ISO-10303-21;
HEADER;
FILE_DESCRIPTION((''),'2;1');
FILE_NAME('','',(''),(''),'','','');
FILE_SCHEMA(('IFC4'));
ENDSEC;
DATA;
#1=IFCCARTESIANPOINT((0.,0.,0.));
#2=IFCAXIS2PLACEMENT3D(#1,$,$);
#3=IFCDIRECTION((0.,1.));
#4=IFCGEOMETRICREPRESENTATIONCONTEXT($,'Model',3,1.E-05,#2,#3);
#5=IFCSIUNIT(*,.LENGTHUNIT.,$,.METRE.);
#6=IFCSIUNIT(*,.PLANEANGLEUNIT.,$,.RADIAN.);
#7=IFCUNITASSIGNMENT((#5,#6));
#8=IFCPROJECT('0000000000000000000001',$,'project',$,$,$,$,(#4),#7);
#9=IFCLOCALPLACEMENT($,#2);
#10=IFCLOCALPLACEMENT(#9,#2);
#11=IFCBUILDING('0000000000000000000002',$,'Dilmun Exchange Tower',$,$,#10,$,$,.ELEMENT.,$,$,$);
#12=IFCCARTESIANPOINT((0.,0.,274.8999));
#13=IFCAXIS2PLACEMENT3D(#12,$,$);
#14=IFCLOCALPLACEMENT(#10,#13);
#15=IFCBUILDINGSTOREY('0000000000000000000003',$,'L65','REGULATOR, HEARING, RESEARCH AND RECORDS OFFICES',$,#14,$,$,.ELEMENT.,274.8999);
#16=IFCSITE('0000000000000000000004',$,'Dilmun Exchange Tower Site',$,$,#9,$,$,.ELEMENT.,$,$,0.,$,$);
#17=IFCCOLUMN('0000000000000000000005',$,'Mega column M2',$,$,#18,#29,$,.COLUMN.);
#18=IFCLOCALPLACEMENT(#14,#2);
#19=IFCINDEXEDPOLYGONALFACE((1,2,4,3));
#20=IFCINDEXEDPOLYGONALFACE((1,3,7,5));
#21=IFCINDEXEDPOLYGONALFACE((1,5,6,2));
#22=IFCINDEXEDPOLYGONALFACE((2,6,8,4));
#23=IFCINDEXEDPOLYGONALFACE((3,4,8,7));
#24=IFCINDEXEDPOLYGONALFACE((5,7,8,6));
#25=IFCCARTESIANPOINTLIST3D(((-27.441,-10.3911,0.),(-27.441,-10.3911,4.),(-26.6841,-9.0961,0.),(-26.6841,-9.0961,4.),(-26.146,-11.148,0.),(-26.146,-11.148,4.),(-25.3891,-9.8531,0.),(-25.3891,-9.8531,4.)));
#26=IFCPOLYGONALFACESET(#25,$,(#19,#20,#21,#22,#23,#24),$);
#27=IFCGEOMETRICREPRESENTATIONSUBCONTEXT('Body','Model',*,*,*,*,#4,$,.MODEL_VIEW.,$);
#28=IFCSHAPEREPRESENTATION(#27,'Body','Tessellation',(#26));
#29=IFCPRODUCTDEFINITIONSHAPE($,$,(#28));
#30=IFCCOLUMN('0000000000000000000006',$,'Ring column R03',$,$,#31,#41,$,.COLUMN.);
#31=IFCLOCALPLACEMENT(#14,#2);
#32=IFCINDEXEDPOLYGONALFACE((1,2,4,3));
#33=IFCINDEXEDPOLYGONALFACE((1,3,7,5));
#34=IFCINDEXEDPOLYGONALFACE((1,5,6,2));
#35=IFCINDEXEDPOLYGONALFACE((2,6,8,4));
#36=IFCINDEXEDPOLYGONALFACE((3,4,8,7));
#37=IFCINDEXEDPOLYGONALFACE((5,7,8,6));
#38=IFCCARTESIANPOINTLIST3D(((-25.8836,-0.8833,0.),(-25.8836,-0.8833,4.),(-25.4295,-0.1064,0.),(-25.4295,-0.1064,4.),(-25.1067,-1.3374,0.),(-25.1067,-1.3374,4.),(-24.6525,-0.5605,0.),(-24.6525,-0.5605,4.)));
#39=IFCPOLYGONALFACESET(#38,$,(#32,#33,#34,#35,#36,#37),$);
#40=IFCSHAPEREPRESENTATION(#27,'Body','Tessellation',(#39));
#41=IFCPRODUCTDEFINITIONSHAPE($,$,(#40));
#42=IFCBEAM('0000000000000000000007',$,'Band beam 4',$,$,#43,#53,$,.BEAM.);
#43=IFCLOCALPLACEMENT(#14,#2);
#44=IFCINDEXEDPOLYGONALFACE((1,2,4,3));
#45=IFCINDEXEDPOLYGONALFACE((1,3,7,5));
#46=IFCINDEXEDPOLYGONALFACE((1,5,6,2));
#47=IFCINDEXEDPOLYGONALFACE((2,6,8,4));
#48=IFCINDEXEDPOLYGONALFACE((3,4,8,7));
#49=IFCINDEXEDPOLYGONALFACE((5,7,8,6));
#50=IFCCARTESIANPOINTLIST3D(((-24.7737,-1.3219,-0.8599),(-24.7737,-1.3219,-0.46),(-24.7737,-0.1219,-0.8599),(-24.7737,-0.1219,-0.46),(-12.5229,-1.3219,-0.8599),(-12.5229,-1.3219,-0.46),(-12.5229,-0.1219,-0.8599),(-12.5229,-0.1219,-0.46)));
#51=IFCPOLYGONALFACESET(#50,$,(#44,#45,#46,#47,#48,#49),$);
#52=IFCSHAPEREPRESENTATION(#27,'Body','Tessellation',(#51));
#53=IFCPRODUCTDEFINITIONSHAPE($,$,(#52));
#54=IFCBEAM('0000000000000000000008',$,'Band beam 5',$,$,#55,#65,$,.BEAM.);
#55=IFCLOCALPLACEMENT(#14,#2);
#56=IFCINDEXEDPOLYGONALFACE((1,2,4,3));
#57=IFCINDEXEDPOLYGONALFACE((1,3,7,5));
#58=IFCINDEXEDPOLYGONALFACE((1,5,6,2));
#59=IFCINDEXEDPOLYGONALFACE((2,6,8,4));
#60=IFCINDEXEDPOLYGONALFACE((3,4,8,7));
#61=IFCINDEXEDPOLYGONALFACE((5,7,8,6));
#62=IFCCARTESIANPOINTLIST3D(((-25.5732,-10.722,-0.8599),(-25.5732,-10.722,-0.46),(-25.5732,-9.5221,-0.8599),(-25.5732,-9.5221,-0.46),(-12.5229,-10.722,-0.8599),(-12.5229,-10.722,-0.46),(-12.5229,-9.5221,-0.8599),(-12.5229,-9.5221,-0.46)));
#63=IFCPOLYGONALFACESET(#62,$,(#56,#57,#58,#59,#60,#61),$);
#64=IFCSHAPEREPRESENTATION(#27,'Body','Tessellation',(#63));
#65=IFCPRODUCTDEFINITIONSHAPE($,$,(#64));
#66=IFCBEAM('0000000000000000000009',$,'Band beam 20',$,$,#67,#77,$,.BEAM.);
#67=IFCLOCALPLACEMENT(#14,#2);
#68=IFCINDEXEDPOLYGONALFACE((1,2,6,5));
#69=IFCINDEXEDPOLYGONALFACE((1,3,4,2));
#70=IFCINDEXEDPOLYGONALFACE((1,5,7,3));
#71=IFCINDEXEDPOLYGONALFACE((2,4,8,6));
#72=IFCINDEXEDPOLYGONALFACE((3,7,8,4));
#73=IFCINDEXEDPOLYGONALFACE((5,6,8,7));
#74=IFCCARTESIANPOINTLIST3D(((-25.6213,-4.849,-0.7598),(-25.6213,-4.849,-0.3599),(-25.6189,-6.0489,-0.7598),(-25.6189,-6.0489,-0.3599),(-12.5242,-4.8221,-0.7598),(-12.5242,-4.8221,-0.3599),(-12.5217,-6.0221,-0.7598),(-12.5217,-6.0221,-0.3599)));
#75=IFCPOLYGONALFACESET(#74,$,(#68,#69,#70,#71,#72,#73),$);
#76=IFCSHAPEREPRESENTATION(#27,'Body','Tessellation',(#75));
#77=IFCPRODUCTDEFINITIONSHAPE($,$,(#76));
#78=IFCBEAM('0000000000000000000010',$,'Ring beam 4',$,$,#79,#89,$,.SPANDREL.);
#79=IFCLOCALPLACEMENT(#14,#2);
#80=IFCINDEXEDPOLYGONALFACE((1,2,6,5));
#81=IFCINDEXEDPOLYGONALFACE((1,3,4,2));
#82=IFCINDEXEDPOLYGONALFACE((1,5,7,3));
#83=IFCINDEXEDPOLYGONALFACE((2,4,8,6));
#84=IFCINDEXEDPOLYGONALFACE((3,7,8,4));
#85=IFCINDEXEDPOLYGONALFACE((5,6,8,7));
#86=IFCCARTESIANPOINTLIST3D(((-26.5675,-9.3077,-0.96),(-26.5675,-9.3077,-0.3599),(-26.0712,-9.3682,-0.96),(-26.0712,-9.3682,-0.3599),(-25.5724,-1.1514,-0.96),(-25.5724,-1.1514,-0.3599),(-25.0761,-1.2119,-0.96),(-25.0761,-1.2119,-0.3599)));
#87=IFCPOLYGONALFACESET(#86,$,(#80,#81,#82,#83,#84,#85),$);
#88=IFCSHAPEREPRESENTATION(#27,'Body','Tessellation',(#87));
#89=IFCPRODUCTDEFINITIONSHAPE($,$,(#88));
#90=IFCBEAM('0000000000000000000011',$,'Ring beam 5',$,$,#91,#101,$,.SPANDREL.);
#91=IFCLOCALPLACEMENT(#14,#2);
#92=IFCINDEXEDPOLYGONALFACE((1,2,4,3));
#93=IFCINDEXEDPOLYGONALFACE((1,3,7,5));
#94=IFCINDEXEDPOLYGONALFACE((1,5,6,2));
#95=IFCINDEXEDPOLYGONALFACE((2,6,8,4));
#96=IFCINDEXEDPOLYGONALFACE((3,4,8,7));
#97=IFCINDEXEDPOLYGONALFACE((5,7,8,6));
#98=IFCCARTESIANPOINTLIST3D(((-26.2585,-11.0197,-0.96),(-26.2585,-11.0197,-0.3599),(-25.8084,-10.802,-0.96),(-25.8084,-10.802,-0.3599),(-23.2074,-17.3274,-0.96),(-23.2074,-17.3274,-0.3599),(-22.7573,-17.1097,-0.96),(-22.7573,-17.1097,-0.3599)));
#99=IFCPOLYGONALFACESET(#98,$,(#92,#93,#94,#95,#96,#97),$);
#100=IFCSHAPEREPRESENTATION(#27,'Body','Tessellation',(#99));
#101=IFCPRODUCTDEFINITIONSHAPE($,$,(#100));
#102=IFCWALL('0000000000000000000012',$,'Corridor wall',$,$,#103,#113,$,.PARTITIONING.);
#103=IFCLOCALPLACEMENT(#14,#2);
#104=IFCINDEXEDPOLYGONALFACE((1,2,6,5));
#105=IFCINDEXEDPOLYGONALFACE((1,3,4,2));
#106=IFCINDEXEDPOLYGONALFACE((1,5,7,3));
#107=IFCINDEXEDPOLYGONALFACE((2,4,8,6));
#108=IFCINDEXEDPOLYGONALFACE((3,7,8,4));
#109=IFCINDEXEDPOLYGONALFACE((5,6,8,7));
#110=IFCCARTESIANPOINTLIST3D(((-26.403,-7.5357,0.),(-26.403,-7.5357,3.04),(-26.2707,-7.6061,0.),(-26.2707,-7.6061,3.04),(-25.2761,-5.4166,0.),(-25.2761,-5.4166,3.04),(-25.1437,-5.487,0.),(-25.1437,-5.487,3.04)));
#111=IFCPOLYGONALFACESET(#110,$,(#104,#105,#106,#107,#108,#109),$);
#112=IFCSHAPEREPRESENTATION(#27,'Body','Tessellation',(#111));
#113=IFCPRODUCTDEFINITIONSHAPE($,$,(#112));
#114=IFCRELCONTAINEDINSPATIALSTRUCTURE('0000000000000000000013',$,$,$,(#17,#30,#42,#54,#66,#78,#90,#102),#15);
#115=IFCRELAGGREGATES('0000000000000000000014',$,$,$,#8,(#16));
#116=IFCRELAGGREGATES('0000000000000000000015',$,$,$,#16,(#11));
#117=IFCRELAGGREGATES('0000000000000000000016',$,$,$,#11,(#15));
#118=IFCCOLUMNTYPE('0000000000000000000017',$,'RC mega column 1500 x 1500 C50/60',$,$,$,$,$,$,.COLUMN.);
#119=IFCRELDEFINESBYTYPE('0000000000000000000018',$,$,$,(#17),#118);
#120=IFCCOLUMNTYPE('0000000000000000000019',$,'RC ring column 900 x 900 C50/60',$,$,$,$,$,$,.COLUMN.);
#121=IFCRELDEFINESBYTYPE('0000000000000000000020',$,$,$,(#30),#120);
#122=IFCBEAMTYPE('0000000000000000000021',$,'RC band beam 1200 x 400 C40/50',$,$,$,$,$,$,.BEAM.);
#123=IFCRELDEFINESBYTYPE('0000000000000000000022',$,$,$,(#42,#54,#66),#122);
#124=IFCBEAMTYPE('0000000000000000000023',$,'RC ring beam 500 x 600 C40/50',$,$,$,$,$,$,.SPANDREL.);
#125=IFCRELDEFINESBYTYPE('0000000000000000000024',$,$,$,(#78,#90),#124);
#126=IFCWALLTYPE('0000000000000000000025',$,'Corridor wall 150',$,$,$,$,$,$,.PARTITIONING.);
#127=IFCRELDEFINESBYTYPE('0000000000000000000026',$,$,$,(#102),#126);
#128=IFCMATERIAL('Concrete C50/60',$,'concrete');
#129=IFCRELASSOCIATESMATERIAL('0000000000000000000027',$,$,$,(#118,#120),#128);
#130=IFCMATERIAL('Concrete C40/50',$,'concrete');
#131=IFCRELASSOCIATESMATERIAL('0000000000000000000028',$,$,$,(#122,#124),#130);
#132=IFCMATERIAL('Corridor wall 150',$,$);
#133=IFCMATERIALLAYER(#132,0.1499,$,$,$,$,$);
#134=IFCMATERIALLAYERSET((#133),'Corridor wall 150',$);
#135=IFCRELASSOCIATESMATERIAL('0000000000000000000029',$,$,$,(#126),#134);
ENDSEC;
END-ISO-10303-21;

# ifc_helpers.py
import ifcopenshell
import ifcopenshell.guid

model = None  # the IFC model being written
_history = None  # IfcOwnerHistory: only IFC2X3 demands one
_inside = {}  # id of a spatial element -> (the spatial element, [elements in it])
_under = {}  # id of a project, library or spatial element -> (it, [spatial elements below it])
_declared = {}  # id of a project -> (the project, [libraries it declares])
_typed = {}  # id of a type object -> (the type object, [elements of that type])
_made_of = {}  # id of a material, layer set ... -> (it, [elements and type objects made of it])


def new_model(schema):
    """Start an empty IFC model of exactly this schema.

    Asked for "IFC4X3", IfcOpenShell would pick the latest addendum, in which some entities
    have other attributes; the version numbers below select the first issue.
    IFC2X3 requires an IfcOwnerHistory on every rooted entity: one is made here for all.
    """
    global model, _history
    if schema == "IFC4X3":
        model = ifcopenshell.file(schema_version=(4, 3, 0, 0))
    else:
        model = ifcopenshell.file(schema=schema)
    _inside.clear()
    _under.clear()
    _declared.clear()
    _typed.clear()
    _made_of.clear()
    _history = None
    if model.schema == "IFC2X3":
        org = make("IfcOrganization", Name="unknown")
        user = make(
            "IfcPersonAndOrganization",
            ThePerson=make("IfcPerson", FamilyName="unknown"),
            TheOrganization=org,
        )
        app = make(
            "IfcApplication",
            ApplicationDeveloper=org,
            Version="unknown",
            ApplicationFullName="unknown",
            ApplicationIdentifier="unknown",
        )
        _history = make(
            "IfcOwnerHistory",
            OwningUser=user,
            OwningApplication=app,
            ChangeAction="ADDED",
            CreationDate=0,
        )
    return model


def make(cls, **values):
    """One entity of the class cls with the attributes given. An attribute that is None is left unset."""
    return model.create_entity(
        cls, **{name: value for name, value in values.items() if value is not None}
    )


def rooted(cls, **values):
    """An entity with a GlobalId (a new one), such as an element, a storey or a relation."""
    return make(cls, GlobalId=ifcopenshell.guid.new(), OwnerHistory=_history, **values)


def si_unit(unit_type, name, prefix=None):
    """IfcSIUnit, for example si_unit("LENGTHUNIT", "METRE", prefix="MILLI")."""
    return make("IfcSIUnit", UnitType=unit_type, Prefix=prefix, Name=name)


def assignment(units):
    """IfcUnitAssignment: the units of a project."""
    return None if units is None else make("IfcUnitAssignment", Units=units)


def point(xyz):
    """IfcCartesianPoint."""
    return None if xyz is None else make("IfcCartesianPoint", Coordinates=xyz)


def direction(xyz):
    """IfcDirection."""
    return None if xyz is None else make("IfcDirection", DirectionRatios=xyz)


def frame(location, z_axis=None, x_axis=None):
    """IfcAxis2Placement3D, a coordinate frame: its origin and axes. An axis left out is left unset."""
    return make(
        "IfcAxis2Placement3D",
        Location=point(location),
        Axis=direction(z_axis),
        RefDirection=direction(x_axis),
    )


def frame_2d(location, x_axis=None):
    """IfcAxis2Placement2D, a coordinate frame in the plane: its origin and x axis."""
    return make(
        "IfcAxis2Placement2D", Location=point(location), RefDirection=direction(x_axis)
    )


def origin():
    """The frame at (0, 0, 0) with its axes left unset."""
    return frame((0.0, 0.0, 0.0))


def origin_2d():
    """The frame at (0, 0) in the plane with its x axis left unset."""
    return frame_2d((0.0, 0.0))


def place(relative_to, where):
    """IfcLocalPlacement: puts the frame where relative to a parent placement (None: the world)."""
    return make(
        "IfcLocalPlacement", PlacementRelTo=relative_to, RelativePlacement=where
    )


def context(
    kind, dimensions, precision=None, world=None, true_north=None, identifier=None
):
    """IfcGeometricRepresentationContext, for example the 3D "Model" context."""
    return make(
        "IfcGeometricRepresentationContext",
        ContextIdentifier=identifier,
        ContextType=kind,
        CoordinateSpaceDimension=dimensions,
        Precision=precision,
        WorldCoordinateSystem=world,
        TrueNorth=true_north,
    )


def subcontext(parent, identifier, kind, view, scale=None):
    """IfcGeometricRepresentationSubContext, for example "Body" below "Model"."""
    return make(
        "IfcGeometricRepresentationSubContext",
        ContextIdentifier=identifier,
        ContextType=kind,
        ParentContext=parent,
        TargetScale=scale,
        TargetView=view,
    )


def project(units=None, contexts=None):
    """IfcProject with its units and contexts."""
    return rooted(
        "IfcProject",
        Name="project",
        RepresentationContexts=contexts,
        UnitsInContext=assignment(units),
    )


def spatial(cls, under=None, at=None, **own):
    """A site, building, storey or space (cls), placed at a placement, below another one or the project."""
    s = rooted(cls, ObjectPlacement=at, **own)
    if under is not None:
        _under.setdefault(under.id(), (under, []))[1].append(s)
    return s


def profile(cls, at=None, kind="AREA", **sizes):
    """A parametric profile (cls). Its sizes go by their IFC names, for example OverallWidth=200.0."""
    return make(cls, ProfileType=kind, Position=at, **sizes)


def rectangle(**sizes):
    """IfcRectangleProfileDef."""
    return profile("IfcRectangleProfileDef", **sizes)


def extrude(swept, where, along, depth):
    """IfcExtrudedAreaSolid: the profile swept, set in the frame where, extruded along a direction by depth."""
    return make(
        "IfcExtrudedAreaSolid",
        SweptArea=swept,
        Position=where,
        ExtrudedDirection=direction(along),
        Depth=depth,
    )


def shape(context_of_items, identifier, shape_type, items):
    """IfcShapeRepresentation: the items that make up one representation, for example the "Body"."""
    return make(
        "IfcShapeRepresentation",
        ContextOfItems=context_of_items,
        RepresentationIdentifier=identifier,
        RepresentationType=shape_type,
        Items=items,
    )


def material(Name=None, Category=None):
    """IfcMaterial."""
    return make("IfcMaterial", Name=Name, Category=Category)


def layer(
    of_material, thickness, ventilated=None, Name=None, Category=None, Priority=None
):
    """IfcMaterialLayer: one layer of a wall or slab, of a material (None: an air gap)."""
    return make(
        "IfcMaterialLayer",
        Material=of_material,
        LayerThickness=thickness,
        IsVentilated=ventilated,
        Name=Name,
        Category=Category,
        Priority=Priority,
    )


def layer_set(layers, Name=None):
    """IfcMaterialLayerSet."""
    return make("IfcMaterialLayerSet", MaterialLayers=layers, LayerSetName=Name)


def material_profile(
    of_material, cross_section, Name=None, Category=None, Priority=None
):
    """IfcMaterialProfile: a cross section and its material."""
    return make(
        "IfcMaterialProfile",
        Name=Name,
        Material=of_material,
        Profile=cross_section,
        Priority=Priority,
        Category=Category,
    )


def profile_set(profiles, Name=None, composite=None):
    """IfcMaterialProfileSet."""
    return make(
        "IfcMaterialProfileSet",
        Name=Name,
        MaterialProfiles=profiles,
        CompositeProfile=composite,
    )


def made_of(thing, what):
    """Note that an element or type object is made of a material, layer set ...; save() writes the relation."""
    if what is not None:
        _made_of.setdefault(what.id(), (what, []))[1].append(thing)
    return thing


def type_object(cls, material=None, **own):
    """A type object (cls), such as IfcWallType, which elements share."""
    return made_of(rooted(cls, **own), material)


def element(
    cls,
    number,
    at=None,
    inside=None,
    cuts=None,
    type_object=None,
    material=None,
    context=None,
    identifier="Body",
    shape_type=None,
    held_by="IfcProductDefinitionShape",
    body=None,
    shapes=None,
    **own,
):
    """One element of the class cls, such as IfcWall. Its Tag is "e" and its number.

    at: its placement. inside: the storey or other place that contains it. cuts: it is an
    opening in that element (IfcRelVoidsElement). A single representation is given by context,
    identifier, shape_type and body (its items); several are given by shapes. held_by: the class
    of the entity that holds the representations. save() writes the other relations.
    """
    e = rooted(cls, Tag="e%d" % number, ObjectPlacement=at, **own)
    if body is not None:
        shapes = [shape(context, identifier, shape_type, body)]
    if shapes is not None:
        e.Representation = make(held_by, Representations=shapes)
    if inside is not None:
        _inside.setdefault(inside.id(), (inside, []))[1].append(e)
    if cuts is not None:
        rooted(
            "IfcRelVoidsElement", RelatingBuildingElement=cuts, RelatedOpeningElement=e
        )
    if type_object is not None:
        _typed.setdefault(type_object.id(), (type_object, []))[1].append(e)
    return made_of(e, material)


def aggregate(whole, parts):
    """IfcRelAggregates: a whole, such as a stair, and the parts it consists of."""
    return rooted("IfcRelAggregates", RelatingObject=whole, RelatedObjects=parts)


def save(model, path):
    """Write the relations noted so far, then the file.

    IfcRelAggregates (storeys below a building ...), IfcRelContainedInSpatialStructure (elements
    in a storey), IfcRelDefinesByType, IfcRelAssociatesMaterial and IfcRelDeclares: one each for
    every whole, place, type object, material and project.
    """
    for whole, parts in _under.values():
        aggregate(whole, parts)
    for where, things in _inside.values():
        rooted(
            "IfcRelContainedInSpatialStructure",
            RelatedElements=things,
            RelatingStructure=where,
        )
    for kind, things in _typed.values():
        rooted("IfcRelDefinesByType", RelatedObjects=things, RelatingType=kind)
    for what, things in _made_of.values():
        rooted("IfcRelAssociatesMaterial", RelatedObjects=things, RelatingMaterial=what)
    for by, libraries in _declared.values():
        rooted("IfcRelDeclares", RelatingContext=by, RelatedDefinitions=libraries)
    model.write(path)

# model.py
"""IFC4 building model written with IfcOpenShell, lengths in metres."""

from ifc_helpers import new_model, si_unit, direction, frame, frame_2d, origin, origin_2d, place, context, subcontext, project, spatial, rectangle, extrude, material, layer, layer_set, material_profile, profile_set, type_object, element, save


model = new_model("IFC4")

# Units and contexts
model_context = context("Model", 3, precision=1e-05, world=origin(), true_north=direction((0.0, 1.0)))
body_context = subcontext(model_context, "Body", "Model", "MODEL_VIEW")
ifc_project = project(units=[si_unit("LENGTHUNIT", "METRE"), si_unit("PLANEANGLEUNIT", "RADIAN")], contexts=[model_context])

# Site, building, storey
site_placement = place(None, origin())
site = spatial("IfcSite", under=ifc_project, at=site_placement, Name="Dilmun Exchange Tower Site", CompositionType="ELEMENT", RefElevation=0.0)
building_placement = place(site_placement, origin())
building = spatial("IfcBuilding", under=site, at=building_placement, Name="Dilmun Exchange Tower", CompositionType="ELEMENT")
storey_placement = place(building_placement, frame((0.0, 0.0, 274.8999)))
storey = spatial("IfcBuildingStorey", under=building, at=storey_placement, Name="L65", Description="REGULATOR, HEARING, RESEARCH AND RECORDS OFFICES", CompositionType="ELEMENT", Elevation=274.8999)

# Columns
ifc_material_1 = material(Name="Concrete C50/60", Category="concrete")
ifc_material_profile_1 = material_profile(ifc_material_1, rectangle(XDim=1.5, YDim=1.5, at=origin_2d()), Name="1500 x 1500")
ifc_profile_set_1 = profile_set([ifc_material_profile_1], Name="Concrete C50/60")
column_type_1 = type_object("IfcColumnType", Name="RC mega column 1500 x 1500 C50/60", PredefinedType="COLUMN", material=ifc_profile_set_1)
column_1_placement = place(storey_placement, frame((-26.415, -10.1221, 0.0), z_axis=(0.0, 0.0, 1.0), x_axis=(0.504644, 0.863328, 0.0)))
element("IfcColumn", 1, at=column_1_placement, inside=storey, type_object=column_type_1, Name="Mega column M2", PredefinedType="COLUMN", context=body_context, shape_type="SweptSolid", body=[
    extrude(rectangle(XDim=1.5, YDim=1.5, at=origin_2d()), origin(), (0.0, 0.0, 1.0), 4.0),
])
ifc_material_profile_2 = material_profile(ifc_material_1, rectangle(XDim=0.8999, YDim=0.8999, at=origin_2d()), Name="900 x 900")
ifc_profile_set_2 = profile_set([ifc_material_profile_2], Name="Concrete C50/60")
column_type_2 = type_object("IfcColumnType", Name="RC ring column 900 x 900 C50/60", PredefinedType="COLUMN", material=ifc_profile_set_2)
column_2_placement = place(storey_placement, frame((-25.2681, -0.7219, 0.0), z_axis=(0.0, 0.0, 1.0), x_axis=(0.504644, 0.863328, 0.0)))
element("IfcColumn", 2, at=column_2_placement, inside=storey, type_object=column_type_2, Name="Ring column R03", PredefinedType="COLUMN", context=body_context, shape_type="SweptSolid", body=[
    extrude(rectangle(XDim=0.8999, YDim=0.8999, at=origin_2d()), origin(), (0.0, 0.0, 1.0), 4.0),
])

# Beams
ifc_material_2 = material(Name="Concrete C40/50", Category="concrete")
ifc_material_profile_3 = material_profile(ifc_material_2, rectangle(XDim=1.2, YDim=0.3999, at=origin_2d()), Name="1200 x 400")
ifc_profile_set_3 = profile_set([ifc_material_profile_3], Name="Concrete C40/50")
beam_type_1 = type_object("IfcBeamType", Name="RC band beam 1200 x 400 C40/50", PredefinedType="BEAM", material=ifc_profile_set_3)
beam_1_placement = place(storey_placement, frame((-24.7737, -0.7219, -0.6599), z_axis=(1.0, 0.0, 0.0), x_axis=(0.0, 1.0, 0.0)))
element("IfcBeam", 3, at=beam_1_placement, inside=storey, type_object=beam_type_1, Name="Band beam 4", PredefinedType="BEAM", context=body_context, shape_type="SweptSolid", body=[
    extrude(rectangle(XDim=1.2, YDim=0.3999, at=origin_2d()), origin(), (0.0, 0.0, 1.0), 12.2507),
])
beam_2_placement = place(storey_placement, frame((-25.5732, -10.1221, -0.6599), z_axis=(1.0, 0.0, 0.0), x_axis=(0.0, 1.0, 0.0)))
element("IfcBeam", 4, at=beam_2_placement, inside=storey, type_object=beam_type_1, Name="Band beam 5", PredefinedType="BEAM", context=body_context, shape_type="SweptSolid", body=[
    extrude(rectangle(XDim=1.2, YDim=0.3999, at=origin_2d()), origin(), (0.0, 0.0, 1.0), 13.0503),
])
beam_3_placement = place(storey_placement, frame((-25.6201, -5.449, -0.5598), z_axis=(0.999998, 0.00205, 0.0), x_axis=(-0.00205, 0.999998, 0.0)))
element("IfcBeam", 5, at=beam_3_placement, inside=storey, type_object=beam_type_1, Name="Band beam 20", PredefinedType="BEAM", context=body_context, shape_type="SweptSolid", body=[
    extrude(rectangle(XDim=1.2, YDim=0.3999, at=origin_2d()), origin(), (0.0, 0.0, 1.0), 13.0972),
])
ifc_material_profile_4 = material_profile(ifc_material_2, rectangle(XDim=0.5, YDim=0.6001, at=origin_2d()), Name="500 x 600")
ifc_profile_set_4 = profile_set([ifc_material_profile_4], Name="Concrete C40/50")
beam_type_2 = type_object("IfcBeamType", Name="RC ring beam 500 x 600 C40/50", PredefinedType="SPANDREL", material=ifc_profile_set_4)
beam_4_placement = place(storey_placement, frame((-25.3242, -1.1816, -0.6599), z_axis=(-0.121109, -0.992639, 0.0), x_axis=(0.992639, -0.121109, 0.0)))
element("IfcBeam", 6, at=beam_4_placement, inside=storey, type_object=beam_type_2, Name="Ring beam 4", PredefinedType="SPANDREL", context=body_context, shape_type="SweptSolid", body=[
    extrude(rectangle(XDim=0.5, YDim=0.6001, at=origin_2d()), origin(), (0.0, 0.0, 1.0), 8.2168),
])
beam_5_placement = place(storey_placement, frame((-26.0334, -10.9109, -0.6599), z_axis=(0.43544, -0.900218, 0.0), x_axis=(0.900218, 0.43544, 0.0)))
element("IfcBeam", 7, at=beam_5_placement, inside=storey, type_object=beam_type_2, Name="Ring beam 5", PredefinedType="SPANDREL", context=body_context, shape_type="SweptSolid", body=[
    extrude(rectangle(XDim=0.5, YDim=0.6001, at=origin_2d()), origin(), (0.0, 0.0, 1.0), 7.0068),
])

# Wall
ifc_material_3 = material(Name="Corridor wall 150")
ifc_layer_1 = layer(ifc_material_3, 0.1499)
ifc_layer_set_1 = layer_set([ifc_layer_1], Name="Corridor wall 150")
wall_type_1 = type_object("IfcWallType", Name="Corridor wall 150", PredefinedType="PARTITIONING", material=ifc_layer_set_1)
wall_1_placement = place(storey_placement, frame((-26.3369, -7.571, 0.0), z_axis=(0.0, 0.0, 1.0), x_axis=(0.469532, 0.882915, 0.0)))
element("IfcWall", 8, at=wall_1_placement, inside=storey, type_object=wall_type_1, Name="Corridor wall", PredefinedType="PARTITIONING", context=body_context, shape_type="SweptSolid", body=[
    extrude(rectangle(XDim=2.4001, YDim=0.1499, at=frame_2d((1.2002, 0.0))), origin(), (0.0, 0.0, 1.0), 3.04),
])

save(model, "model.ifc")
